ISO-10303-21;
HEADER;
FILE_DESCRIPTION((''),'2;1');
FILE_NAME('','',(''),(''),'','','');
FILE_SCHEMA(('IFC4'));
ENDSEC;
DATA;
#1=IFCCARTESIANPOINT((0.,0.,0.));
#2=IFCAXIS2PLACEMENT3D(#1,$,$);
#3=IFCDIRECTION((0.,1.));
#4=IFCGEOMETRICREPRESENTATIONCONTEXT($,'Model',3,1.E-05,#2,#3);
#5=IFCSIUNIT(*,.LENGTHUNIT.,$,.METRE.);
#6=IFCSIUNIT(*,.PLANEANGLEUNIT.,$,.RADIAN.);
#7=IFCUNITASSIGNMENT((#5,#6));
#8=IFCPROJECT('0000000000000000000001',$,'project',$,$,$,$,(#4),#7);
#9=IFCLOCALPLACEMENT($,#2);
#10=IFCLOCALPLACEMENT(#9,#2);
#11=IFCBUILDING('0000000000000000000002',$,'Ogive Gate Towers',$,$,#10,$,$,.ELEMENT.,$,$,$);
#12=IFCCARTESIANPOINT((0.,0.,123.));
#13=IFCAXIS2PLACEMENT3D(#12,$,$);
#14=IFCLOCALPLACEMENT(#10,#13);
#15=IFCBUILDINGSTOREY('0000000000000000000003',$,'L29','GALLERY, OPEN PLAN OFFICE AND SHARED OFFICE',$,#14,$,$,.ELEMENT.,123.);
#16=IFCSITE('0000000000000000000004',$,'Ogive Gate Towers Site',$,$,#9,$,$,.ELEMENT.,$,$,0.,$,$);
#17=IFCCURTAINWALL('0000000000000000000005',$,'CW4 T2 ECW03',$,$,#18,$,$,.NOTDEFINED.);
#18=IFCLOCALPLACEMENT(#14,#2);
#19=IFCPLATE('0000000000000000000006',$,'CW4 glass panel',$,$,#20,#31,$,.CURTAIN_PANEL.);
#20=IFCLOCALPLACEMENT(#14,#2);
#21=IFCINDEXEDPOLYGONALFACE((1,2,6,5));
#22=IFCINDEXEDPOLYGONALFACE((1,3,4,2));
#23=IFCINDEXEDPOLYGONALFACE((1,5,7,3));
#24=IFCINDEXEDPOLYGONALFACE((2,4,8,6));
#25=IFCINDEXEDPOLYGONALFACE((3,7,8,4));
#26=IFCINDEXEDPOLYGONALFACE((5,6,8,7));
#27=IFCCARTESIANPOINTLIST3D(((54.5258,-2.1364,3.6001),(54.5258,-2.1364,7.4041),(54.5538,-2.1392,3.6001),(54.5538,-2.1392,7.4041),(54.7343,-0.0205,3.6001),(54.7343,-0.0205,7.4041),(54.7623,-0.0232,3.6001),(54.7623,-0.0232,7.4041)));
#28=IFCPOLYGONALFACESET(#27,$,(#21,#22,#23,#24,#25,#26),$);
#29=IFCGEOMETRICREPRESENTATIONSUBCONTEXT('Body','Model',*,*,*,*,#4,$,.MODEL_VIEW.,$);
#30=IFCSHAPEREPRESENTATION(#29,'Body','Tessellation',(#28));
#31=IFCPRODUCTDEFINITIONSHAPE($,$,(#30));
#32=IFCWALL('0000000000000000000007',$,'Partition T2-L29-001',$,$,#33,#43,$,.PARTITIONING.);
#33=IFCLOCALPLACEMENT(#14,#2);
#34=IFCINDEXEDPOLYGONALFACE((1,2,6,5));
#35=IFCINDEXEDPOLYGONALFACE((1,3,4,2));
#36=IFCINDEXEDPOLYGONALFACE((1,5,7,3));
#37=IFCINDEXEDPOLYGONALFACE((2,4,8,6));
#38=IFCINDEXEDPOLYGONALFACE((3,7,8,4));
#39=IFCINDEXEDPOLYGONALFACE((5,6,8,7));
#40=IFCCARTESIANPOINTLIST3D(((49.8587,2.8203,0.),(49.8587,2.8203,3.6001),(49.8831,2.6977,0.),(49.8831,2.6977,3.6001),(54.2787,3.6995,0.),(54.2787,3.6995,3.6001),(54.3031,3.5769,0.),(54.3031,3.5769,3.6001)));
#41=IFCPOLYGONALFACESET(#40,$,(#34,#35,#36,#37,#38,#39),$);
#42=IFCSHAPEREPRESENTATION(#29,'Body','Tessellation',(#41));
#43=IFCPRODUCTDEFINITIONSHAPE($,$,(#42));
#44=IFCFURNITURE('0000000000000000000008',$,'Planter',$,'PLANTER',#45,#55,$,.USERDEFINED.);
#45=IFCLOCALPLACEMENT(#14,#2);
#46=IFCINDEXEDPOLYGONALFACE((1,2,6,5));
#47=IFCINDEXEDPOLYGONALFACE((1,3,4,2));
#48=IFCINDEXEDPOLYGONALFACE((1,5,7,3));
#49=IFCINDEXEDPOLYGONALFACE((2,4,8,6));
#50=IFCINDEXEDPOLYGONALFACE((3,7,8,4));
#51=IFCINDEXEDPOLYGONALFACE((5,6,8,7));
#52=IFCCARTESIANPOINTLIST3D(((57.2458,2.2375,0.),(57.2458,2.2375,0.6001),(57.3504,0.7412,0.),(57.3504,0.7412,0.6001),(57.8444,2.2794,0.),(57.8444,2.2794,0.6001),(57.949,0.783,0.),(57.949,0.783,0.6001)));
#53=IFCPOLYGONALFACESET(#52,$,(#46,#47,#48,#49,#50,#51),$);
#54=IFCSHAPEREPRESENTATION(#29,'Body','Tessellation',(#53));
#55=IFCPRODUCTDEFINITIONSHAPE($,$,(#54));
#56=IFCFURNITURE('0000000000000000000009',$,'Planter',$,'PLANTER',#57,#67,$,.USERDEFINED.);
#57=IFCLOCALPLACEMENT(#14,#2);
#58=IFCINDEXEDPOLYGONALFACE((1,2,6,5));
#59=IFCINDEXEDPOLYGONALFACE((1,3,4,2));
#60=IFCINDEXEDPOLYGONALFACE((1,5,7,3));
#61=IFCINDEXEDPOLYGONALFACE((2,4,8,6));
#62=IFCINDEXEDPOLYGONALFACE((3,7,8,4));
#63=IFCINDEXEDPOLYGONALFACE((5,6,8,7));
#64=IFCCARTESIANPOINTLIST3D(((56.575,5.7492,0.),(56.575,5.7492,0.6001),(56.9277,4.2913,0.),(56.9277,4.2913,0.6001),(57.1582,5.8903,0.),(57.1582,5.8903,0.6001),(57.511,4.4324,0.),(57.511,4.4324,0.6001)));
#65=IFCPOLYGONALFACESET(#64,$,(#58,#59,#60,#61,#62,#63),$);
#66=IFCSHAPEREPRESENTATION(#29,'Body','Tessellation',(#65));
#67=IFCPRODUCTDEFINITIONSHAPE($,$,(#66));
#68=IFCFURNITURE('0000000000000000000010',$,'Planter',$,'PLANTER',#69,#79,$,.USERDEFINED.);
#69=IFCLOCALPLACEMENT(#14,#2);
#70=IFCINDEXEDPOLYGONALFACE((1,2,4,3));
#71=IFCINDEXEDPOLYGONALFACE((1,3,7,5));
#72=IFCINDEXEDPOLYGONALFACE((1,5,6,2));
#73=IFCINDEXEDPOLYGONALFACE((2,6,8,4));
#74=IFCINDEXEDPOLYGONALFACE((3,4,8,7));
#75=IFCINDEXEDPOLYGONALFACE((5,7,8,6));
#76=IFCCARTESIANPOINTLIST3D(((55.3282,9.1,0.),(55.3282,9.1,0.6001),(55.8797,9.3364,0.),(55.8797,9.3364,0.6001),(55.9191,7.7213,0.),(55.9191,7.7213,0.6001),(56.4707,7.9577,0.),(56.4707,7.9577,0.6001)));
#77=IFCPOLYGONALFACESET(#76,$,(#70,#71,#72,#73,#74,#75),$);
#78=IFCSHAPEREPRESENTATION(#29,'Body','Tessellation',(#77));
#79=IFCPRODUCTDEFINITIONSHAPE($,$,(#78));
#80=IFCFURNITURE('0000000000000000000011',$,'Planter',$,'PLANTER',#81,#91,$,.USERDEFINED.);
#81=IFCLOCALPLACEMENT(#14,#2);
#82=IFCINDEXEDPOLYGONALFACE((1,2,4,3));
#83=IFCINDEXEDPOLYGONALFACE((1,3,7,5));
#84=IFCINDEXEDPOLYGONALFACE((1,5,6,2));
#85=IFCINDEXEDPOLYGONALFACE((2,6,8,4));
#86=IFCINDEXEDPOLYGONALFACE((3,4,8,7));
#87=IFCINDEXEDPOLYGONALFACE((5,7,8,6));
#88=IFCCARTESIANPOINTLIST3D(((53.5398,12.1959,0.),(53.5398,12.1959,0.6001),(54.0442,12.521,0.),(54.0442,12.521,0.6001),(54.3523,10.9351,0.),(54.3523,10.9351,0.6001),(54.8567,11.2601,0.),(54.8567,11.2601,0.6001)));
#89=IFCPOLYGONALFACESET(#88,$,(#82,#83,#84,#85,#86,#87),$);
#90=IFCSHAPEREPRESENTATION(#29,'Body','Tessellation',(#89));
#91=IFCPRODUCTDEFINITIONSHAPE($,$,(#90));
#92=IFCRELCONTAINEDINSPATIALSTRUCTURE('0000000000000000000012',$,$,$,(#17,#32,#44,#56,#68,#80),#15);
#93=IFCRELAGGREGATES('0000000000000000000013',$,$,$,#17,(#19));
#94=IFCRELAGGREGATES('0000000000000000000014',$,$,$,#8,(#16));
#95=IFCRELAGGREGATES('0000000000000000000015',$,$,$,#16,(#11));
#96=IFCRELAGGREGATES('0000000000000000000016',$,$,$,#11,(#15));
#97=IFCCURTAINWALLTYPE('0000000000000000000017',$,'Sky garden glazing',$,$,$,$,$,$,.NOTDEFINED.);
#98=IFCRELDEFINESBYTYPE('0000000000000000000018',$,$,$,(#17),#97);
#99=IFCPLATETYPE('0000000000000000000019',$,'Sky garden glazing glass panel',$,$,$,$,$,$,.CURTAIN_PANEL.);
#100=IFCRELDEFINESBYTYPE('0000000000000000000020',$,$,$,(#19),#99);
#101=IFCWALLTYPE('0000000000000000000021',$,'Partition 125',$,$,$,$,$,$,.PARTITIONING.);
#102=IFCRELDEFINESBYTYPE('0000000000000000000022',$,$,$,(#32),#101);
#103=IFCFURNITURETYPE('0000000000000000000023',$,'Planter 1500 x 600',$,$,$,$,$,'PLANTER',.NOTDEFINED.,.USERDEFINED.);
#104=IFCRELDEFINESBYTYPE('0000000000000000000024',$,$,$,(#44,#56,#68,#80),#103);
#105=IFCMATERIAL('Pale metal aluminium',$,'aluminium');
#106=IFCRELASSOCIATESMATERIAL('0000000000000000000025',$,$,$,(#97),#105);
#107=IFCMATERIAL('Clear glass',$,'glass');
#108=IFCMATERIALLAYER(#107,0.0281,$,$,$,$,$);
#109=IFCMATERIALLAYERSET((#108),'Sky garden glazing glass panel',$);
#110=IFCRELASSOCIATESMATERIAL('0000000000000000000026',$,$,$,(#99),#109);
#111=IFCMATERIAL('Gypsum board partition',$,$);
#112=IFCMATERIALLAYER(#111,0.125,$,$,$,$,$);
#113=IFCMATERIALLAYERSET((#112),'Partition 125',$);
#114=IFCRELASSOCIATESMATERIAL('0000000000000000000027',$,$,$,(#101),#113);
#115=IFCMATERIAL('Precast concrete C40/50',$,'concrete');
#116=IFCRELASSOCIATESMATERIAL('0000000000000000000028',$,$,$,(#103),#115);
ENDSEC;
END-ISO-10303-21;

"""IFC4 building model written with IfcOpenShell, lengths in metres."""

from ifc_helpers import new_model, si_unit, direction, frame, frame_2d, origin, origin_2d, place, context, subcontext, project, spatial, rectangle, extrude, material, layer, layer_set, type_object, element, aggregate, save


model = new_model("IFC4")

# Units and contexts
model_context = context("Model", 3, precision=1e-05, world=origin(), true_north=direction((0.0, 1.0)))
body_context = subcontext(model_context, "Body", "Model", "MODEL_VIEW")
ifc_project = project(units=[si_unit("LENGTHUNIT", "METRE"), si_unit("PLANEANGLEUNIT", "RADIAN")], contexts=[model_context])

# Site, building, storey
site_placement = place(None, origin())
site = spatial("IfcSite", under=ifc_project, at=site_placement, Name="Ogive Gate Towers Site", CompositionType="ELEMENT", RefElevation=0.0)
building_placement = place(site_placement, origin())
building = spatial("IfcBuilding", under=site, at=building_placement, Name="Ogive Gate Towers", CompositionType="ELEMENT")
storey_placement = place(building_placement, frame((0.0, 0.0, 123.0)))
storey = spatial("IfcBuildingStorey", under=building, at=storey_placement, Name="L29", Description="GALLERY, OPEN PLAN OFFICE AND SHARED OFFICE", CompositionType="ELEMENT", Elevation=123.0)

# Curtain wall
ifc_material_1 = material(Name="Pale metal aluminium", Category="aluminium")
curtain_wall_type = type_object("IfcCurtainWallType", Name="Sky garden glazing", PredefinedType="NOTDEFINED", material=ifc_material_1)
curtain_wall_1_placement = place(storey_placement, origin())
curtain_wall_1 = element("IfcCurtainWall", 1, at=curtain_wall_1_placement, inside=storey, type_object=curtain_wall_type, Name="CW4 T2 ECW03", PredefinedType="NOTDEFINED")

# Plate
ifc_material_2 = material(Name="Clear glass", Category="glass")
ifc_layer_1 = layer(ifc_material_2, 0.0281)
ifc_layer_set_1 = layer_set([ifc_layer_1], Name="Sky garden glazing glass panel")
plate_type = type_object("IfcPlateType", Name="Sky garden glazing glass panel", PredefinedType="CURTAIN_PANEL", material=ifc_layer_set_1)
plate_1_placement = place(storey_placement, frame((54.644, -1.0798, 3.6001), z_axis=(0.0, 0.0, 1.0), x_axis=(-0.098052, -0.995181, 0.0)))
plate_1 = element("IfcPlate", 2, at=plate_1_placement, type_object=plate_type, Name="CW4 glass panel", PredefinedType="CURTAIN_PANEL", context=body_context, shape_type="SweptSolid", body=[
    extrude(rectangle(XDim=2.1262, YDim=0.0281, at=origin_2d()), origin(), (0.0, 0.0, 1.0), 3.804),
])
aggregate(curtain_wall_1, [plate_1])

# Wall
ifc_material_3 = material(Name="Gypsum board partition")
ifc_layer_2 = layer(ifc_material_3, 0.125)
ifc_layer_set_2 = layer_set([ifc_layer_2], Name="Partition 125")
wall_type = type_object("IfcWallType", Name="Partition 125", PredefinedType="PARTITIONING", material=ifc_layer_set_2)
wall_placement = place(storey_placement, frame((54.291, 3.6382, 0.0), z_axis=(0.0, 0.0, 1.0), x_axis=(-0.980786, -0.195085, 0.0)))
element("IfcWall", 3, at=wall_placement, inside=storey, type_object=wall_type, Name="Partition T2-L29-001", PredefinedType="PARTITIONING", context=body_context, shape_type="SweptSolid", body=[
    extrude(rectangle(XDim=4.5066, YDim=0.125, at=frame_2d((2.2534, 0.0))), origin(), (0.0, 0.0, 1.0), 3.6001),
])

# Furniture
ifc_material_4 = material(Name="Precast concrete C40/50", Category="concrete")
furniture_type = type_object("IfcFurnitureType", Name="Planter 1500 x 600", ElementType="PLANTER", AssemblyPlace="NOTDEFINED", PredefinedType="USERDEFINED", material=ifc_material_4)
for number, where, z_axis, x_axis, name in (
    (4, (57.5974, 1.5103, 0.0), (0.0, 0.0, 1.0), (-0.069756, 0.997564, 0.0), "Planter"),
    (5, (57.043, 5.0908, 0.0), (0.0, 0.0, 1.0), (-0.235142, 0.971961, 0.0), "Planter"),
    (6, (55.8994, 8.5288, 0.0), (0.0, 0.0, 1.0), (-0.393942, 0.919135, 0.0), "Planter"),
    (7, (54.1982, 11.728, 0.0), (0.0, 0.0, 1.0), (-0.541708, 0.840567, 0.0), "Planter"),
):
    element("IfcFurniture", number, at=place(storey_placement, frame(where, z_axis=z_axis, x_axis=x_axis)), inside=storey, type_object=furniture_type, Name=name, ObjectType="PLANTER", PredefinedType="USERDEFINED", context=body_context, shape_type="SweptSolid", body=[
        extrude(rectangle(XDim=1.5, YDim=0.6001, at=origin_2d()), origin(), (0.0, 0.0, 1.0), 0.6001),
    ])

save(model, "model.ifc")
